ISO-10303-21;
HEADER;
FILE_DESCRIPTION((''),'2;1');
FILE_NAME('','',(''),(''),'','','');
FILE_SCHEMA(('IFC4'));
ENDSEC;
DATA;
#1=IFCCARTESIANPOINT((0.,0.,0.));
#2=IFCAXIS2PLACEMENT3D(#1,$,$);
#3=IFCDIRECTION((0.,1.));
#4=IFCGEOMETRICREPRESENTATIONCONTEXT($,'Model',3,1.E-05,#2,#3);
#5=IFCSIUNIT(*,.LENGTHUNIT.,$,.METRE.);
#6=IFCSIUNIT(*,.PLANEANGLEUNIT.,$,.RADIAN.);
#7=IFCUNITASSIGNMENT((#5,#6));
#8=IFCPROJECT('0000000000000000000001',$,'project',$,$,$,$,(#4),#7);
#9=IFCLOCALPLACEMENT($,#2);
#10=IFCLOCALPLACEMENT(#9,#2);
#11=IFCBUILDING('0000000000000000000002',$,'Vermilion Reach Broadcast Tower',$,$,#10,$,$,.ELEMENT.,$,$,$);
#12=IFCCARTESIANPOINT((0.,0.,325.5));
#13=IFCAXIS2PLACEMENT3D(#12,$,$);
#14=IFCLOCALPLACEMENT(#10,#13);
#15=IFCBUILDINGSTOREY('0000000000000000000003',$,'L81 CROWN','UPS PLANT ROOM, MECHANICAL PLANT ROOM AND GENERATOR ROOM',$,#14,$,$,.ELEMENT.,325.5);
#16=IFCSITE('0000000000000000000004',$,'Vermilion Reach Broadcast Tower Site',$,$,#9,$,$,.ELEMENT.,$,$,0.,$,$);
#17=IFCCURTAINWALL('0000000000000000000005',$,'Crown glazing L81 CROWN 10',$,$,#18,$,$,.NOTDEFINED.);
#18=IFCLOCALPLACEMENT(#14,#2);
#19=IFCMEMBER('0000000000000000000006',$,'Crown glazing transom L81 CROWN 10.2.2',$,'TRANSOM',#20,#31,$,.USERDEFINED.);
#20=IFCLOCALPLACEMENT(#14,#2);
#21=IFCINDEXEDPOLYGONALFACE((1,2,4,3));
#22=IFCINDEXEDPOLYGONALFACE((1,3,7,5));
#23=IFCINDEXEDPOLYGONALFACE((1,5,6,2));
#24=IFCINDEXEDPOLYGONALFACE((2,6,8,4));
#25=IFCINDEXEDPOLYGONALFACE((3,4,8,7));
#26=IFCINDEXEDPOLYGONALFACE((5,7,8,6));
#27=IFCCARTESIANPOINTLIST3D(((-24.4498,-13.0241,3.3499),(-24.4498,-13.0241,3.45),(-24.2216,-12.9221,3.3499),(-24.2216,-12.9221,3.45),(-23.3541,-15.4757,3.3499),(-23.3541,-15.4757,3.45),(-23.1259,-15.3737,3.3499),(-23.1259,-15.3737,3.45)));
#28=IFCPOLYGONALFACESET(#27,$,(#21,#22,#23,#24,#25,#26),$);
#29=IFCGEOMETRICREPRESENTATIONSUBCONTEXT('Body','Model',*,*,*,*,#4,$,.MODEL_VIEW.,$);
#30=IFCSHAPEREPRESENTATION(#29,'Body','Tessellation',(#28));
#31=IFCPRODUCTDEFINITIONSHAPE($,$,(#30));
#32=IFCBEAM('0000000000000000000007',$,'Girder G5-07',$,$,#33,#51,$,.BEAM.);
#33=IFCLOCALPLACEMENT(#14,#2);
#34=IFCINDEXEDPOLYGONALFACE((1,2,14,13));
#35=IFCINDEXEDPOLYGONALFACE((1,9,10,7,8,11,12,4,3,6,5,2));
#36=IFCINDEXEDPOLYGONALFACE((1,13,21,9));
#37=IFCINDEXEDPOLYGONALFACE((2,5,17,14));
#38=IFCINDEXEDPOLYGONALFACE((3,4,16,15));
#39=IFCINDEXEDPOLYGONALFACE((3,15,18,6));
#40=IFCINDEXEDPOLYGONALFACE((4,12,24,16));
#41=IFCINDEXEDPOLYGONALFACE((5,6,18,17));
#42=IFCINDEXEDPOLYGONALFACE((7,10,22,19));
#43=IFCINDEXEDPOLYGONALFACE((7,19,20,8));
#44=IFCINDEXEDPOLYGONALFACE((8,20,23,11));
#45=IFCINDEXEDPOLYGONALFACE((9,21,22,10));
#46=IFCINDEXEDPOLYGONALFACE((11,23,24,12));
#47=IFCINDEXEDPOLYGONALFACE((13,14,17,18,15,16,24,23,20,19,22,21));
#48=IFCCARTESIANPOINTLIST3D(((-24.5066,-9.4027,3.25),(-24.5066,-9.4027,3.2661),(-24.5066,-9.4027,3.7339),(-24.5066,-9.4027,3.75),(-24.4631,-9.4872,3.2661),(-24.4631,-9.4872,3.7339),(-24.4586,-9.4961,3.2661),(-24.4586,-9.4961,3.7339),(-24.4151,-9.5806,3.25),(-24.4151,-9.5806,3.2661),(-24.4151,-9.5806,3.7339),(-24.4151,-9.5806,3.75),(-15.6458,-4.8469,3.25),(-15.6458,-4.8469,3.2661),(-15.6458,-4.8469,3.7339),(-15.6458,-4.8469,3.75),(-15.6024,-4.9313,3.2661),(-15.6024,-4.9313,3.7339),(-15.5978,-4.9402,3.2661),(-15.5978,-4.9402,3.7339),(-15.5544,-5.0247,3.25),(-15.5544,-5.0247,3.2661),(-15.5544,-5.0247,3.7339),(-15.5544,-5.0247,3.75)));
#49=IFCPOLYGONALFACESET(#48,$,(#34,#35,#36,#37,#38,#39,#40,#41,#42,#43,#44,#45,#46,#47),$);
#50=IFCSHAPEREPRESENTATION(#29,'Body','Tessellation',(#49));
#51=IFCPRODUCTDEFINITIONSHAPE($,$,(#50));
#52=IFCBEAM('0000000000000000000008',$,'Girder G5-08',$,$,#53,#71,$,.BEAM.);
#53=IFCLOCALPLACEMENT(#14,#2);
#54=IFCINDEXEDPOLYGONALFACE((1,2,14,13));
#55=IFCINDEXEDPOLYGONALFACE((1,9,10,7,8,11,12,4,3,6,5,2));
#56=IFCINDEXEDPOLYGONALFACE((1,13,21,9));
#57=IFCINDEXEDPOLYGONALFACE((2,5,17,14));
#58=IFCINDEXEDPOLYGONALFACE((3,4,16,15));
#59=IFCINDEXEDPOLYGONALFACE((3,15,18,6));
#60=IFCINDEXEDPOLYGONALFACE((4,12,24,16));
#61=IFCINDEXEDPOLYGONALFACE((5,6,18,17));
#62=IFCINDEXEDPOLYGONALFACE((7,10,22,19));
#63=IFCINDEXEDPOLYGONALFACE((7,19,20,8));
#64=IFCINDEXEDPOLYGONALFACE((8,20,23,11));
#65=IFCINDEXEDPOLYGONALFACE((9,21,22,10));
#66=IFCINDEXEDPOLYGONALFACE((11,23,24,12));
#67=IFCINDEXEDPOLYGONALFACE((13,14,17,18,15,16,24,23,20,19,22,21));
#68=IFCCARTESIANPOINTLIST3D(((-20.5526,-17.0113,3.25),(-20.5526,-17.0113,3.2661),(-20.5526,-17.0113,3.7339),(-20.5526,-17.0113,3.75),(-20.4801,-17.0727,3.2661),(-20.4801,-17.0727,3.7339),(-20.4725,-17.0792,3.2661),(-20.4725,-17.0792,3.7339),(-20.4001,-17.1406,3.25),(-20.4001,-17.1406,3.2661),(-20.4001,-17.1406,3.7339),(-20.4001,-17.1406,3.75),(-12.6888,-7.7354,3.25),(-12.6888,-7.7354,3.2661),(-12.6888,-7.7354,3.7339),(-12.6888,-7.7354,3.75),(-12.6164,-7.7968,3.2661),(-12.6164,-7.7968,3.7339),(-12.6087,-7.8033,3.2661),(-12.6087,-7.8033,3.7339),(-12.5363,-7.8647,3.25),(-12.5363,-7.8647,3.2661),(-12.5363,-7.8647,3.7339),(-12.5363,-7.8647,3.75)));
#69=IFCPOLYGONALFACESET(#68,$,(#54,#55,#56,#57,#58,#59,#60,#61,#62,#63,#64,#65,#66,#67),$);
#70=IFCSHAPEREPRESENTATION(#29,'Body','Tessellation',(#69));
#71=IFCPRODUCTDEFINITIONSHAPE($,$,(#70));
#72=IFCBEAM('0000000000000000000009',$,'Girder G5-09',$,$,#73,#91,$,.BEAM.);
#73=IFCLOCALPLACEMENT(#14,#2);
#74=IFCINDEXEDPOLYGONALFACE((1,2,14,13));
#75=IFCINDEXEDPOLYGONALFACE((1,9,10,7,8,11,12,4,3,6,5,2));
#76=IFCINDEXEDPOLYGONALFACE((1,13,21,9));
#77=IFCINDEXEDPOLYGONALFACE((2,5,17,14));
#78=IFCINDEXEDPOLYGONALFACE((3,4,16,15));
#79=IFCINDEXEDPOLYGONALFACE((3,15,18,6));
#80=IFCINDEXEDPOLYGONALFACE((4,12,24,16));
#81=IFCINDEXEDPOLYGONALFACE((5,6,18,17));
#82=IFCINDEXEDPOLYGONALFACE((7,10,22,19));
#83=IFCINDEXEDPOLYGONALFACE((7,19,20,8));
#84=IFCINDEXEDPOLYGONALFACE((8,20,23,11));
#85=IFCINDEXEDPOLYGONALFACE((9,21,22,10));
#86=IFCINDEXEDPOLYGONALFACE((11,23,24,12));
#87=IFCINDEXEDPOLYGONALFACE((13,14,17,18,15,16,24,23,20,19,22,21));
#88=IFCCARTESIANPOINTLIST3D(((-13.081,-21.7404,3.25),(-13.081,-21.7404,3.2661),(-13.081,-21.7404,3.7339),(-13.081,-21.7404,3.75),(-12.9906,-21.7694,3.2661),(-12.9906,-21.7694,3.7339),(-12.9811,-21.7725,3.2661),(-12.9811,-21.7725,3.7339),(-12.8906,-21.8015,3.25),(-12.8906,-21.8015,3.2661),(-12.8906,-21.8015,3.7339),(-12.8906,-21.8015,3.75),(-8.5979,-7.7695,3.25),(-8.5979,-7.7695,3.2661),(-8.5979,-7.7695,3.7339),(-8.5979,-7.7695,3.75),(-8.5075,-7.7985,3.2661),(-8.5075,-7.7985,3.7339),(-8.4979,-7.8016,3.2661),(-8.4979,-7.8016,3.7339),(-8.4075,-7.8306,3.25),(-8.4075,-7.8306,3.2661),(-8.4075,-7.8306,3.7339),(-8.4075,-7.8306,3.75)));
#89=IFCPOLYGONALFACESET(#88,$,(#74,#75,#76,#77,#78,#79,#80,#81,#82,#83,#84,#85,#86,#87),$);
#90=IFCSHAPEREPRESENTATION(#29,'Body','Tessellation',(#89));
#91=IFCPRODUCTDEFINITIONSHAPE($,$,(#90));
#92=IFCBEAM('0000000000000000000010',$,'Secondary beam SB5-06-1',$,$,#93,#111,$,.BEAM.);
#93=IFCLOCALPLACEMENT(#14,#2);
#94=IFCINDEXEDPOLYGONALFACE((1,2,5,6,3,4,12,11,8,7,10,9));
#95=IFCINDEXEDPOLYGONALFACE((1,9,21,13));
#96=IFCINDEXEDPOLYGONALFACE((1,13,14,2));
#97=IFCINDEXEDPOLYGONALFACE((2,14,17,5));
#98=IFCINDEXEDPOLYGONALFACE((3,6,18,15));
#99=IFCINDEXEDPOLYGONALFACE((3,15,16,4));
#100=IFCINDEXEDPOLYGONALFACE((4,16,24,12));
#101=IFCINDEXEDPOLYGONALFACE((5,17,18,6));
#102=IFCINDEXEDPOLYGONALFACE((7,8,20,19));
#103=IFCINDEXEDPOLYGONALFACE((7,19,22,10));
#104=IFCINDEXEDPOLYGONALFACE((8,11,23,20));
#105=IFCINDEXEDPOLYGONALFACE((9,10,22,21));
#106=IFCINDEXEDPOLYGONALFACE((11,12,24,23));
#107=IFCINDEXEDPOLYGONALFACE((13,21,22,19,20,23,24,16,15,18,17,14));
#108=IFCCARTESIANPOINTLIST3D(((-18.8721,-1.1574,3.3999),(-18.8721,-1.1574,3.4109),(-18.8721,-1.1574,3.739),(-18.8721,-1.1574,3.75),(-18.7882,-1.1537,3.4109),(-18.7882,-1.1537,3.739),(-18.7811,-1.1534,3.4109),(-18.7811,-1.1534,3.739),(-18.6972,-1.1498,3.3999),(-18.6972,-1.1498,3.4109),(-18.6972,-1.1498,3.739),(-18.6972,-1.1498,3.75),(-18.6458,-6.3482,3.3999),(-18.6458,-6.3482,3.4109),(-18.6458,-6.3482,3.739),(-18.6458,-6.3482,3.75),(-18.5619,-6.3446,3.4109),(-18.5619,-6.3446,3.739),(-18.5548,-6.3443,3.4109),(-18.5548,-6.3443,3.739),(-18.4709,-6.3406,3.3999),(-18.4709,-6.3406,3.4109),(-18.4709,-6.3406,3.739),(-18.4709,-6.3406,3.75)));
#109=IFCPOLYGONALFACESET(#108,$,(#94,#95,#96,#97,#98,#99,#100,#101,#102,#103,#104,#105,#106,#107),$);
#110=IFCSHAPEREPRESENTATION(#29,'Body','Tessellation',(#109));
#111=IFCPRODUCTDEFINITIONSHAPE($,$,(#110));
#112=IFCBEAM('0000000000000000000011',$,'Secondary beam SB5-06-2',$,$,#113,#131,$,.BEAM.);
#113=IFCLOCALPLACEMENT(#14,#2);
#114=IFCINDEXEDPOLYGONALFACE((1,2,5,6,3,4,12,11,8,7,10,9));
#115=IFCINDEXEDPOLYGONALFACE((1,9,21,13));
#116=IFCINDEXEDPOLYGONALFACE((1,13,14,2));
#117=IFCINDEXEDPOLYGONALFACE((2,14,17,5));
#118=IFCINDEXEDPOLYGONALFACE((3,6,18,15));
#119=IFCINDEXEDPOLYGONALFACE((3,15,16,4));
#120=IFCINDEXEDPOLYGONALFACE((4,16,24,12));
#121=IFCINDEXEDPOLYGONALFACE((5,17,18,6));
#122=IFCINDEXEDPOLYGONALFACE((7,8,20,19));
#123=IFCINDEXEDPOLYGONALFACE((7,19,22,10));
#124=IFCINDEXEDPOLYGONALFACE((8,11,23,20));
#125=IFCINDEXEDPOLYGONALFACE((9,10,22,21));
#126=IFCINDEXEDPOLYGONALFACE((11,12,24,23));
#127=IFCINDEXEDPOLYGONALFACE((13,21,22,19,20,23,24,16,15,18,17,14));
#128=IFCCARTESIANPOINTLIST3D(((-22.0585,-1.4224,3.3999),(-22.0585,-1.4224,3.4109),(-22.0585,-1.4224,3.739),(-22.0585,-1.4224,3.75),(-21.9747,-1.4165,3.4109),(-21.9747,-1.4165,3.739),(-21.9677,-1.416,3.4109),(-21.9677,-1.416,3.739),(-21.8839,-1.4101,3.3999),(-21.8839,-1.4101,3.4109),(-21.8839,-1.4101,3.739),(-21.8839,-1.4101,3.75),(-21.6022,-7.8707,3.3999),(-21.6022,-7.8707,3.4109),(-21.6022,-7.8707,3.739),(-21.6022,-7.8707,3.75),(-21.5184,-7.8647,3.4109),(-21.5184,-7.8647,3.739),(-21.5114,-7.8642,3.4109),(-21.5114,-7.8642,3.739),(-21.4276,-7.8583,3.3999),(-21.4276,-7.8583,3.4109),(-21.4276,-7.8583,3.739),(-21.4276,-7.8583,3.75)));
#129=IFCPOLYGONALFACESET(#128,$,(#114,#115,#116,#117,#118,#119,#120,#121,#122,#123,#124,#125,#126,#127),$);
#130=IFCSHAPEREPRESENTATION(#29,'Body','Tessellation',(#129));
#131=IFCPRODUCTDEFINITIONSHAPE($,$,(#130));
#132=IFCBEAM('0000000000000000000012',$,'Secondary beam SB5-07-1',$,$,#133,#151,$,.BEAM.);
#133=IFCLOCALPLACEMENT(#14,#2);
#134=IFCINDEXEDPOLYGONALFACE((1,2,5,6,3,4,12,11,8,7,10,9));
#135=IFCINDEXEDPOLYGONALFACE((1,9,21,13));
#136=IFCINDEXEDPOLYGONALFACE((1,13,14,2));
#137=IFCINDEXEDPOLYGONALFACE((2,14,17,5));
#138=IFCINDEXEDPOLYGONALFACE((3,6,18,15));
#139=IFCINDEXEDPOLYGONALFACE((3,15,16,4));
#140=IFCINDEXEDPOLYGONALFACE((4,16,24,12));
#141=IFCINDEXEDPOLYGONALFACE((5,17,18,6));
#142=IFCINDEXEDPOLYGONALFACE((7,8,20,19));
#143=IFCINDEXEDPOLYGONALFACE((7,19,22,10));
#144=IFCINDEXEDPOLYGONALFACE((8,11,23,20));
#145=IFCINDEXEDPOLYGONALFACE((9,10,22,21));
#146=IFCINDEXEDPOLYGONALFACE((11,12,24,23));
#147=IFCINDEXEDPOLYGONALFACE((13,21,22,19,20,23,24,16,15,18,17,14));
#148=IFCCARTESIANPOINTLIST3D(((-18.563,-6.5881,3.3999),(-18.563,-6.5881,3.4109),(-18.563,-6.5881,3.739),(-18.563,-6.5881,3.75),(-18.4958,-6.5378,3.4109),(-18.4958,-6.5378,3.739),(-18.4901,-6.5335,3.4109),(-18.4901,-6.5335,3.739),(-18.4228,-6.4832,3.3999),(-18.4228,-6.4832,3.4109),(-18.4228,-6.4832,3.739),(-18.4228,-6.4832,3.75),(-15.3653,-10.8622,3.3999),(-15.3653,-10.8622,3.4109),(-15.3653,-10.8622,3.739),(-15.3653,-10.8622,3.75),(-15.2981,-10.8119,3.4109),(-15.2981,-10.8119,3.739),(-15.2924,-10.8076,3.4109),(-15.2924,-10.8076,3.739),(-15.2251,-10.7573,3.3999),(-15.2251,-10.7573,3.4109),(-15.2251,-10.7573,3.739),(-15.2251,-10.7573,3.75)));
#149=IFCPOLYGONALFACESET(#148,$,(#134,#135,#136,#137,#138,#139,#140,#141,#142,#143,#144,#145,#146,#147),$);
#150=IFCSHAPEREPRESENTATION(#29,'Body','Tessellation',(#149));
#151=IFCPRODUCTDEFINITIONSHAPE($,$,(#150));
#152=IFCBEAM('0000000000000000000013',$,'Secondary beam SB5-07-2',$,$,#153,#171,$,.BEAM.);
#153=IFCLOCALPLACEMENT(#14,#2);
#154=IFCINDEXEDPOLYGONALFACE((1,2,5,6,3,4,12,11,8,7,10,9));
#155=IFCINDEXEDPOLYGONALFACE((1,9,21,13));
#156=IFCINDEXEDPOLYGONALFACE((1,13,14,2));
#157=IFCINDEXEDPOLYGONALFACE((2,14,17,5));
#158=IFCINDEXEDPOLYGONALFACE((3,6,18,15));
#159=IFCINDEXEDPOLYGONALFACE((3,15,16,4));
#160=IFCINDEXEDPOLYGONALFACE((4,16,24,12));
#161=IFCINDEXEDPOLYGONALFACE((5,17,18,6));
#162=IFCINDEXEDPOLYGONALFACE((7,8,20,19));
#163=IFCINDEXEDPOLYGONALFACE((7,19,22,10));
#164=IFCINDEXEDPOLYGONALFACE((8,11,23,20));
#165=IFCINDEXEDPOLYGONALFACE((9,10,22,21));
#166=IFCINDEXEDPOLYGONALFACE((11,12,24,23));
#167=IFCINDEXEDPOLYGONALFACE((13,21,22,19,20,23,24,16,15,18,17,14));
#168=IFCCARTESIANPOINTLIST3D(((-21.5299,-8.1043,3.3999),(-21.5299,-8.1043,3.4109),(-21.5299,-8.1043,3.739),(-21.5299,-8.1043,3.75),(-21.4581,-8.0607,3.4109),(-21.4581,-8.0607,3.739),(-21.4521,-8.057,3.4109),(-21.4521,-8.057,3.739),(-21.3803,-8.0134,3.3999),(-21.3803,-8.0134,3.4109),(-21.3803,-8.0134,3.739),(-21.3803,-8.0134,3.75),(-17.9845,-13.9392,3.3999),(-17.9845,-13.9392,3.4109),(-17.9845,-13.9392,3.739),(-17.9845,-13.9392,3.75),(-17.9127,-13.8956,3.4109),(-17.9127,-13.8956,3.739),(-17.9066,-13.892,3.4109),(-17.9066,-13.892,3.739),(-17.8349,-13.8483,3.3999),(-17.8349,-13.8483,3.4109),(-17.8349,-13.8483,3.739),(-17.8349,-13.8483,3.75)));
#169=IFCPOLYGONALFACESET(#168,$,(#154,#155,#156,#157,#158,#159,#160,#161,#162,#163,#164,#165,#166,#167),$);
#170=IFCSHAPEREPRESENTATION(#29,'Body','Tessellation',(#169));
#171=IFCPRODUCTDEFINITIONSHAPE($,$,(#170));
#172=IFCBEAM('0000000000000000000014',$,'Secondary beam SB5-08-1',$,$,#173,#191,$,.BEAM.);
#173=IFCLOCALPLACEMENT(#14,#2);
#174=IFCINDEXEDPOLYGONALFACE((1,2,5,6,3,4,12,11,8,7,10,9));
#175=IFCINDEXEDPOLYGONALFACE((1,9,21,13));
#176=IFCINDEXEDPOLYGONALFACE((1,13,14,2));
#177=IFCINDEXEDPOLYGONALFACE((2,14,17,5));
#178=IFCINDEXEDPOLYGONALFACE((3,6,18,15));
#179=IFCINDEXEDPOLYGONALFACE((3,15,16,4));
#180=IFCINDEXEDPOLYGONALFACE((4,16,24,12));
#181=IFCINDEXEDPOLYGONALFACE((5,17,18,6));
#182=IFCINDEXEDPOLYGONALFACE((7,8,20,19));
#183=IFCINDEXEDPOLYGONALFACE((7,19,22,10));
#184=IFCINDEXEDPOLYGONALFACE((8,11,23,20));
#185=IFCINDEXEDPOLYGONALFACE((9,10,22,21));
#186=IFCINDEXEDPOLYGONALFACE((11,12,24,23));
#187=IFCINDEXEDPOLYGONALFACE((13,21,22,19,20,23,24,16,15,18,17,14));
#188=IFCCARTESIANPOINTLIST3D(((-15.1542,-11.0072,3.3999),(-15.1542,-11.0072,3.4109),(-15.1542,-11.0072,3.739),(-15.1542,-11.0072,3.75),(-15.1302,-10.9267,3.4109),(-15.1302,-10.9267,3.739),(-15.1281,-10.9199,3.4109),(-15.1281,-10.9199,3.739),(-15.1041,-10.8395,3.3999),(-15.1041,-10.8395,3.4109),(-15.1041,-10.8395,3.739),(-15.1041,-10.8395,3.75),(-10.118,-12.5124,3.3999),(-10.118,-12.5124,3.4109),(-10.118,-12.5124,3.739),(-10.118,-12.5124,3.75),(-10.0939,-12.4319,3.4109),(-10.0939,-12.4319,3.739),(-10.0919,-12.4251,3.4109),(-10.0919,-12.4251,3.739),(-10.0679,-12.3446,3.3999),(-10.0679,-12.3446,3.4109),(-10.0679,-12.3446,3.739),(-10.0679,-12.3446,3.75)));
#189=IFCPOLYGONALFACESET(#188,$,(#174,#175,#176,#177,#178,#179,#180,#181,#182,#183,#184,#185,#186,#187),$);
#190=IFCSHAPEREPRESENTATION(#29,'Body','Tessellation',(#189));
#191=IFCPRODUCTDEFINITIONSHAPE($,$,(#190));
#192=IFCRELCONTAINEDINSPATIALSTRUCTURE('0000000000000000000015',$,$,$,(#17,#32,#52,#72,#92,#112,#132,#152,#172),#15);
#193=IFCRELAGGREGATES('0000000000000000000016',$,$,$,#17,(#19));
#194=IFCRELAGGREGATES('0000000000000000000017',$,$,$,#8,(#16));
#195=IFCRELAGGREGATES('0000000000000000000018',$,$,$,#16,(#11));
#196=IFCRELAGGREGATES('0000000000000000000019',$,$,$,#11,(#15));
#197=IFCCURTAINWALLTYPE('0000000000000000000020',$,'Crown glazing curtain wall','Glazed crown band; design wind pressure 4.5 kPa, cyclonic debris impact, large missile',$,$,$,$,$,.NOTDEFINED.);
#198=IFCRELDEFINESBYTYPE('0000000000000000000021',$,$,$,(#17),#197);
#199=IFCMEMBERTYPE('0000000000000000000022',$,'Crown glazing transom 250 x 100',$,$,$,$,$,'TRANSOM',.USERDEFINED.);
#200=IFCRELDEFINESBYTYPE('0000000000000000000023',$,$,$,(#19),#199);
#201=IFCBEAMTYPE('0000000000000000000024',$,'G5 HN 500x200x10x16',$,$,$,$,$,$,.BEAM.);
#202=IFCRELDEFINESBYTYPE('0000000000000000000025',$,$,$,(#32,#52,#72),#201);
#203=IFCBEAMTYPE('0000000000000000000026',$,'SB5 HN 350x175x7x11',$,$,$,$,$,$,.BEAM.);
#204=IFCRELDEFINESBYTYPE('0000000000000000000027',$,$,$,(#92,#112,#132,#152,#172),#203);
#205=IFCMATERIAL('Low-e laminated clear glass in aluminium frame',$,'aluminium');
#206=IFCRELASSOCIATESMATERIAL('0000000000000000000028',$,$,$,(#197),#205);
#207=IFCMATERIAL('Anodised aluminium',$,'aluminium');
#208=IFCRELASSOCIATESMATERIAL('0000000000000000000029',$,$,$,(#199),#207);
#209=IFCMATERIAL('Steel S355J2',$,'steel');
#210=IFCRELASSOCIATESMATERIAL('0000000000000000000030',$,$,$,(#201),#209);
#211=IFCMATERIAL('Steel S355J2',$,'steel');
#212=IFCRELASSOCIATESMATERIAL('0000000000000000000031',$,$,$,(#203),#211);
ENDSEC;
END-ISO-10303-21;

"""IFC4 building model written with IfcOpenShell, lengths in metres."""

from ifc_helpers import new_model, si_unit, direction, frame, origin, origin_2d, place, context, subcontext, project, spatial, rectangle, i_section, extrude, material, material_profile, profile_set, type_object, element, aggregate, save


model = new_model("IFC4")

# Units and contexts
model_context = context("Model", 3, precision=1e-05, world=origin(), true_north=direction((0.0, 1.0)))
body_context = subcontext(model_context, "Body", "Model", "MODEL_VIEW")
ifc_project = project(units=[si_unit("LENGTHUNIT", "METRE"), si_unit("PLANEANGLEUNIT", "RADIAN")], contexts=[model_context])

# Site, building, storey
site_placement = place(None, origin())
site = spatial("IfcSite", under=ifc_project, at=site_placement, Name="Vermilion Reach Broadcast Tower Site", CompositionType="ELEMENT", RefElevation=0.0)
building_placement = place(site_placement, origin())
building = spatial("IfcBuilding", under=site, at=building_placement, Name="Vermilion Reach Broadcast Tower", CompositionType="ELEMENT")
storey_placement = place(building_placement, frame((0.0, 0.0, 325.5)))
storey = spatial("IfcBuildingStorey", under=building, at=storey_placement, Name="L81 CROWN", Description="UPS PLANT ROOM, MECHANICAL PLANT ROOM AND GENERATOR ROOM", CompositionType="ELEMENT", Elevation=325.5)

# Curtain wall, member
ifc_material_1 = material(Name="Low-e laminated clear glass in aluminium frame", Category="aluminium")
curtain_wall_type = type_object("IfcCurtainWallType", Name="Crown glazing curtain wall", Description="Glazed crown band; design wind pressure 4.5 kPa, cyclonic debris impact, large missile", PredefinedType="NOTDEFINED", material=ifc_material_1)
curtain_wall_placement = place(storey_placement, origin())
curtain_wall = element("IfcCurtainWall", 1, at=curtain_wall_placement, inside=storey, type_object=curtain_wall_type, Name="Crown glazing L81 CROWN 10", PredefinedType="NOTDEFINED")
ifc_material_2 = material(Name="Anodised aluminium", Category="aluminium")
ifc_material_profile_1 = material_profile(ifc_material_2, rectangle(XDim=0.25, YDim=0.1001, at=origin_2d()), Name="Crown glazing transom 250 x 100")
ifc_profile_set_1 = profile_set([ifc_material_profile_1], Name="Anodised aluminium")
member_type = type_object("IfcMemberType", Name="Crown glazing transom 250 x 100", ElementType="TRANSOM", PredefinedType="USERDEFINED", material=ifc_profile_set_1)
member_placement = place(storey_placement, frame((-24.3357, -12.9731, 3.3999), z_axis=(0.408027, -0.91297, 0.0), x_axis=(0.91297, 0.408027, 0.0)))
member = element("IfcMember", 2, at=member_placement, type_object=member_type, Name="Crown glazing transom L81 CROWN 10.2.2", ObjectType="TRANSOM", PredefinedType="USERDEFINED", context=body_context, shape_type="SweptSolid", body=[
    extrude(rectangle(XDim=0.25, YDim=0.1001, at=origin_2d()), origin(), (0.0, 0.0, 1.0), 2.6853),
])
aggregate(curtain_wall, [member])

# Beams
ifc_material_3 = material(Name="Steel S355J2", Category="steel")
ifc_material_profile_2 = material_profile(ifc_material_3, i_section(OverallWidth=0.2, OverallDepth=0.5, WebThickness=0.01, FlangeThickness=0.0161, at=origin_2d()), Name="S355J2 HN 500x200x10x16")
ifc_profile_set_2 = profile_set([ifc_material_profile_2], Name="Steel S355J2")
beam_type_1 = type_object("IfcBeamType", Name="G5 HN 500x200x10x16", PredefinedType="BEAM", material=ifc_profile_set_2)
beam_1_placement = place(storey_placement, frame((-15.6001, -4.9358, 3.5), z_axis=(-0.889333, -0.457261, 0.0), x_axis=(0.457261, -0.889333, 0.0)))
element("IfcBeam", 3, at=beam_1_placement, inside=storey, type_object=beam_type_1, Name="Girder G5-07", PredefinedType="BEAM", context=body_context, shape_type="SweptSolid", body=[
    extrude(i_section(OverallWidth=0.2, OverallDepth=0.5, WebThickness=0.01, FlangeThickness=0.0161, at=origin_2d()), origin(), (0.0, 0.0, 1.0), 9.9634),
])
beam_2_placement = place(storey_placement, frame((-12.6125, -7.8, 3.5), z_axis=(-0.646658, -0.76278, 0.0), x_axis=(0.76278, -0.646658, 0.0)))
element("IfcBeam", 4, at=beam_2_placement, inside=storey, type_object=beam_type_1, Name="Girder G5-08", PredefinedType="BEAM", context=body_context, shape_type="SweptSolid", body=[
    extrude(i_section(OverallWidth=0.2, OverallDepth=0.5, WebThickness=0.01, FlangeThickness=0.0161, at=origin_2d()), origin(), (0.0, 0.0, 1.0), 12.1606),
])
beam_3_placement = place(storey_placement, frame((-8.5027, -7.8, 3.5), z_axis=(-0.305545, -0.952178, 0.0), x_axis=(0.952178, -0.305545, 0.0)))
element("IfcBeam", 5, at=beam_3_placement, inside=storey, type_object=beam_type_1, Name="Girder G5-09", PredefinedType="BEAM", context=body_context, shape_type="SweptSolid", body=[
    extrude(i_section(OverallWidth=0.2, OverallDepth=0.5, WebThickness=0.01, FlangeThickness=0.0161, at=origin_2d()), origin(), (0.0, 0.0, 1.0), 14.6726),
])
ifc_material_4 = material(Name="Steel S355J2", Category="steel")
ifc_material_profile_3 = material_profile(ifc_material_4, i_section(OverallWidth=0.175, OverallDepth=0.3501, WebThickness=0.0071, FlangeThickness=0.011, at=origin_2d()), Name="S355J2 HN 350x175x7x11")
ifc_profile_set_3 = profile_set([ifc_material_profile_3], Name="Steel S355J2")
beam_type_2 = type_object("IfcBeamType", Name="SB5 HN 350x175x7x11", PredefinedType="BEAM", material=ifc_profile_set_3)
beam_4_placement = place(storey_placement, frame((-18.7847, -1.1536, 3.575), z_axis=(0.043558, -0.999051, 0.0), x_axis=(0.999051, 0.043558, 0.0)))
element("IfcBeam", 6, at=beam_4_placement, inside=storey, type_object=beam_type_2, Name="Secondary beam SB5-06-1", PredefinedType="BEAM", context=body_context, shape_type="SweptSolid", body=[
    extrude(i_section(OverallWidth=0.175, OverallDepth=0.3501, WebThickness=0.0071, FlangeThickness=0.011, at=origin_2d()), origin(), (0.0, 0.0, 1.0), 5.1958),
])
beam_5_placement = place(storey_placement, frame((-21.9712, -1.4163, 3.575), z_axis=(0.070587, -0.997506, 0.0), x_axis=(0.997506, 0.070587, 0.0)))
element("IfcBeam", 7, at=beam_5_placement, inside=storey, type_object=beam_type_2, Name="Secondary beam SB5-06-2", PredefinedType="BEAM", context=body_context, shape_type="SweptSolid", body=[
    extrude(i_section(OverallWidth=0.175, OverallDepth=0.3501, WebThickness=0.0071, FlangeThickness=0.011, at=origin_2d()), origin(), (0.0, 0.0, 1.0), 6.4644),
])
beam_6_placement = place(storey_placement, frame((-18.4929, -6.5356, 3.575), z_axis=(0.599056, -0.800707, 0.0), x_axis=(0.800707, 0.599056, 0.0)))
element("IfcBeam", 8, at=beam_6_placement, inside=storey, type_object=beam_type_2, Name="Secondary beam SB5-07-1", PredefinedType="BEAM", context=body_context, shape_type="SweptSolid", body=[
    extrude(i_section(OverallWidth=0.175, OverallDepth=0.3501, WebThickness=0.0071, FlangeThickness=0.011, at=origin_2d()), origin(), (0.0, 0.0, 1.0), 5.3379),
])
beam_7_placement = place(storey_placement, frame((-21.4551, -8.0588, 3.575), z_axis=(0.519273, -0.854608, 0.0), x_axis=(0.854608, 0.519273, 0.0)))
element("IfcBeam", 9, at=beam_7_placement, inside=storey, type_object=beam_type_2, Name="Secondary beam SB5-07-2", PredefinedType="BEAM", context=body_context, shape_type="SweptSolid", body=[
    extrude(i_section(OverallWidth=0.175, OverallDepth=0.3501, WebThickness=0.0071, FlangeThickness=0.011, at=origin_2d()), origin(), (0.0, 0.0, 1.0), 6.8276),
])
beam_8_placement = place(storey_placement, frame((-15.1292, -10.9233, 3.575), z_axis=(0.958125, -0.286351, 0.0), x_axis=(0.286351, 0.958125, 0.0)))
element("IfcBeam", 10, at=beam_8_placement, inside=storey, type_object=beam_type_2, Name="Secondary beam SB5-08-1", PredefinedType="BEAM", context=body_context, shape_type="SweptSolid", body=[
    extrude(i_section(OverallWidth=0.175, OverallDepth=0.3501, WebThickness=0.0071, FlangeThickness=0.011, at=origin_2d()), origin(), (0.0, 0.0, 1.0), 5.2563),
])

save(model, "model.ifc")
